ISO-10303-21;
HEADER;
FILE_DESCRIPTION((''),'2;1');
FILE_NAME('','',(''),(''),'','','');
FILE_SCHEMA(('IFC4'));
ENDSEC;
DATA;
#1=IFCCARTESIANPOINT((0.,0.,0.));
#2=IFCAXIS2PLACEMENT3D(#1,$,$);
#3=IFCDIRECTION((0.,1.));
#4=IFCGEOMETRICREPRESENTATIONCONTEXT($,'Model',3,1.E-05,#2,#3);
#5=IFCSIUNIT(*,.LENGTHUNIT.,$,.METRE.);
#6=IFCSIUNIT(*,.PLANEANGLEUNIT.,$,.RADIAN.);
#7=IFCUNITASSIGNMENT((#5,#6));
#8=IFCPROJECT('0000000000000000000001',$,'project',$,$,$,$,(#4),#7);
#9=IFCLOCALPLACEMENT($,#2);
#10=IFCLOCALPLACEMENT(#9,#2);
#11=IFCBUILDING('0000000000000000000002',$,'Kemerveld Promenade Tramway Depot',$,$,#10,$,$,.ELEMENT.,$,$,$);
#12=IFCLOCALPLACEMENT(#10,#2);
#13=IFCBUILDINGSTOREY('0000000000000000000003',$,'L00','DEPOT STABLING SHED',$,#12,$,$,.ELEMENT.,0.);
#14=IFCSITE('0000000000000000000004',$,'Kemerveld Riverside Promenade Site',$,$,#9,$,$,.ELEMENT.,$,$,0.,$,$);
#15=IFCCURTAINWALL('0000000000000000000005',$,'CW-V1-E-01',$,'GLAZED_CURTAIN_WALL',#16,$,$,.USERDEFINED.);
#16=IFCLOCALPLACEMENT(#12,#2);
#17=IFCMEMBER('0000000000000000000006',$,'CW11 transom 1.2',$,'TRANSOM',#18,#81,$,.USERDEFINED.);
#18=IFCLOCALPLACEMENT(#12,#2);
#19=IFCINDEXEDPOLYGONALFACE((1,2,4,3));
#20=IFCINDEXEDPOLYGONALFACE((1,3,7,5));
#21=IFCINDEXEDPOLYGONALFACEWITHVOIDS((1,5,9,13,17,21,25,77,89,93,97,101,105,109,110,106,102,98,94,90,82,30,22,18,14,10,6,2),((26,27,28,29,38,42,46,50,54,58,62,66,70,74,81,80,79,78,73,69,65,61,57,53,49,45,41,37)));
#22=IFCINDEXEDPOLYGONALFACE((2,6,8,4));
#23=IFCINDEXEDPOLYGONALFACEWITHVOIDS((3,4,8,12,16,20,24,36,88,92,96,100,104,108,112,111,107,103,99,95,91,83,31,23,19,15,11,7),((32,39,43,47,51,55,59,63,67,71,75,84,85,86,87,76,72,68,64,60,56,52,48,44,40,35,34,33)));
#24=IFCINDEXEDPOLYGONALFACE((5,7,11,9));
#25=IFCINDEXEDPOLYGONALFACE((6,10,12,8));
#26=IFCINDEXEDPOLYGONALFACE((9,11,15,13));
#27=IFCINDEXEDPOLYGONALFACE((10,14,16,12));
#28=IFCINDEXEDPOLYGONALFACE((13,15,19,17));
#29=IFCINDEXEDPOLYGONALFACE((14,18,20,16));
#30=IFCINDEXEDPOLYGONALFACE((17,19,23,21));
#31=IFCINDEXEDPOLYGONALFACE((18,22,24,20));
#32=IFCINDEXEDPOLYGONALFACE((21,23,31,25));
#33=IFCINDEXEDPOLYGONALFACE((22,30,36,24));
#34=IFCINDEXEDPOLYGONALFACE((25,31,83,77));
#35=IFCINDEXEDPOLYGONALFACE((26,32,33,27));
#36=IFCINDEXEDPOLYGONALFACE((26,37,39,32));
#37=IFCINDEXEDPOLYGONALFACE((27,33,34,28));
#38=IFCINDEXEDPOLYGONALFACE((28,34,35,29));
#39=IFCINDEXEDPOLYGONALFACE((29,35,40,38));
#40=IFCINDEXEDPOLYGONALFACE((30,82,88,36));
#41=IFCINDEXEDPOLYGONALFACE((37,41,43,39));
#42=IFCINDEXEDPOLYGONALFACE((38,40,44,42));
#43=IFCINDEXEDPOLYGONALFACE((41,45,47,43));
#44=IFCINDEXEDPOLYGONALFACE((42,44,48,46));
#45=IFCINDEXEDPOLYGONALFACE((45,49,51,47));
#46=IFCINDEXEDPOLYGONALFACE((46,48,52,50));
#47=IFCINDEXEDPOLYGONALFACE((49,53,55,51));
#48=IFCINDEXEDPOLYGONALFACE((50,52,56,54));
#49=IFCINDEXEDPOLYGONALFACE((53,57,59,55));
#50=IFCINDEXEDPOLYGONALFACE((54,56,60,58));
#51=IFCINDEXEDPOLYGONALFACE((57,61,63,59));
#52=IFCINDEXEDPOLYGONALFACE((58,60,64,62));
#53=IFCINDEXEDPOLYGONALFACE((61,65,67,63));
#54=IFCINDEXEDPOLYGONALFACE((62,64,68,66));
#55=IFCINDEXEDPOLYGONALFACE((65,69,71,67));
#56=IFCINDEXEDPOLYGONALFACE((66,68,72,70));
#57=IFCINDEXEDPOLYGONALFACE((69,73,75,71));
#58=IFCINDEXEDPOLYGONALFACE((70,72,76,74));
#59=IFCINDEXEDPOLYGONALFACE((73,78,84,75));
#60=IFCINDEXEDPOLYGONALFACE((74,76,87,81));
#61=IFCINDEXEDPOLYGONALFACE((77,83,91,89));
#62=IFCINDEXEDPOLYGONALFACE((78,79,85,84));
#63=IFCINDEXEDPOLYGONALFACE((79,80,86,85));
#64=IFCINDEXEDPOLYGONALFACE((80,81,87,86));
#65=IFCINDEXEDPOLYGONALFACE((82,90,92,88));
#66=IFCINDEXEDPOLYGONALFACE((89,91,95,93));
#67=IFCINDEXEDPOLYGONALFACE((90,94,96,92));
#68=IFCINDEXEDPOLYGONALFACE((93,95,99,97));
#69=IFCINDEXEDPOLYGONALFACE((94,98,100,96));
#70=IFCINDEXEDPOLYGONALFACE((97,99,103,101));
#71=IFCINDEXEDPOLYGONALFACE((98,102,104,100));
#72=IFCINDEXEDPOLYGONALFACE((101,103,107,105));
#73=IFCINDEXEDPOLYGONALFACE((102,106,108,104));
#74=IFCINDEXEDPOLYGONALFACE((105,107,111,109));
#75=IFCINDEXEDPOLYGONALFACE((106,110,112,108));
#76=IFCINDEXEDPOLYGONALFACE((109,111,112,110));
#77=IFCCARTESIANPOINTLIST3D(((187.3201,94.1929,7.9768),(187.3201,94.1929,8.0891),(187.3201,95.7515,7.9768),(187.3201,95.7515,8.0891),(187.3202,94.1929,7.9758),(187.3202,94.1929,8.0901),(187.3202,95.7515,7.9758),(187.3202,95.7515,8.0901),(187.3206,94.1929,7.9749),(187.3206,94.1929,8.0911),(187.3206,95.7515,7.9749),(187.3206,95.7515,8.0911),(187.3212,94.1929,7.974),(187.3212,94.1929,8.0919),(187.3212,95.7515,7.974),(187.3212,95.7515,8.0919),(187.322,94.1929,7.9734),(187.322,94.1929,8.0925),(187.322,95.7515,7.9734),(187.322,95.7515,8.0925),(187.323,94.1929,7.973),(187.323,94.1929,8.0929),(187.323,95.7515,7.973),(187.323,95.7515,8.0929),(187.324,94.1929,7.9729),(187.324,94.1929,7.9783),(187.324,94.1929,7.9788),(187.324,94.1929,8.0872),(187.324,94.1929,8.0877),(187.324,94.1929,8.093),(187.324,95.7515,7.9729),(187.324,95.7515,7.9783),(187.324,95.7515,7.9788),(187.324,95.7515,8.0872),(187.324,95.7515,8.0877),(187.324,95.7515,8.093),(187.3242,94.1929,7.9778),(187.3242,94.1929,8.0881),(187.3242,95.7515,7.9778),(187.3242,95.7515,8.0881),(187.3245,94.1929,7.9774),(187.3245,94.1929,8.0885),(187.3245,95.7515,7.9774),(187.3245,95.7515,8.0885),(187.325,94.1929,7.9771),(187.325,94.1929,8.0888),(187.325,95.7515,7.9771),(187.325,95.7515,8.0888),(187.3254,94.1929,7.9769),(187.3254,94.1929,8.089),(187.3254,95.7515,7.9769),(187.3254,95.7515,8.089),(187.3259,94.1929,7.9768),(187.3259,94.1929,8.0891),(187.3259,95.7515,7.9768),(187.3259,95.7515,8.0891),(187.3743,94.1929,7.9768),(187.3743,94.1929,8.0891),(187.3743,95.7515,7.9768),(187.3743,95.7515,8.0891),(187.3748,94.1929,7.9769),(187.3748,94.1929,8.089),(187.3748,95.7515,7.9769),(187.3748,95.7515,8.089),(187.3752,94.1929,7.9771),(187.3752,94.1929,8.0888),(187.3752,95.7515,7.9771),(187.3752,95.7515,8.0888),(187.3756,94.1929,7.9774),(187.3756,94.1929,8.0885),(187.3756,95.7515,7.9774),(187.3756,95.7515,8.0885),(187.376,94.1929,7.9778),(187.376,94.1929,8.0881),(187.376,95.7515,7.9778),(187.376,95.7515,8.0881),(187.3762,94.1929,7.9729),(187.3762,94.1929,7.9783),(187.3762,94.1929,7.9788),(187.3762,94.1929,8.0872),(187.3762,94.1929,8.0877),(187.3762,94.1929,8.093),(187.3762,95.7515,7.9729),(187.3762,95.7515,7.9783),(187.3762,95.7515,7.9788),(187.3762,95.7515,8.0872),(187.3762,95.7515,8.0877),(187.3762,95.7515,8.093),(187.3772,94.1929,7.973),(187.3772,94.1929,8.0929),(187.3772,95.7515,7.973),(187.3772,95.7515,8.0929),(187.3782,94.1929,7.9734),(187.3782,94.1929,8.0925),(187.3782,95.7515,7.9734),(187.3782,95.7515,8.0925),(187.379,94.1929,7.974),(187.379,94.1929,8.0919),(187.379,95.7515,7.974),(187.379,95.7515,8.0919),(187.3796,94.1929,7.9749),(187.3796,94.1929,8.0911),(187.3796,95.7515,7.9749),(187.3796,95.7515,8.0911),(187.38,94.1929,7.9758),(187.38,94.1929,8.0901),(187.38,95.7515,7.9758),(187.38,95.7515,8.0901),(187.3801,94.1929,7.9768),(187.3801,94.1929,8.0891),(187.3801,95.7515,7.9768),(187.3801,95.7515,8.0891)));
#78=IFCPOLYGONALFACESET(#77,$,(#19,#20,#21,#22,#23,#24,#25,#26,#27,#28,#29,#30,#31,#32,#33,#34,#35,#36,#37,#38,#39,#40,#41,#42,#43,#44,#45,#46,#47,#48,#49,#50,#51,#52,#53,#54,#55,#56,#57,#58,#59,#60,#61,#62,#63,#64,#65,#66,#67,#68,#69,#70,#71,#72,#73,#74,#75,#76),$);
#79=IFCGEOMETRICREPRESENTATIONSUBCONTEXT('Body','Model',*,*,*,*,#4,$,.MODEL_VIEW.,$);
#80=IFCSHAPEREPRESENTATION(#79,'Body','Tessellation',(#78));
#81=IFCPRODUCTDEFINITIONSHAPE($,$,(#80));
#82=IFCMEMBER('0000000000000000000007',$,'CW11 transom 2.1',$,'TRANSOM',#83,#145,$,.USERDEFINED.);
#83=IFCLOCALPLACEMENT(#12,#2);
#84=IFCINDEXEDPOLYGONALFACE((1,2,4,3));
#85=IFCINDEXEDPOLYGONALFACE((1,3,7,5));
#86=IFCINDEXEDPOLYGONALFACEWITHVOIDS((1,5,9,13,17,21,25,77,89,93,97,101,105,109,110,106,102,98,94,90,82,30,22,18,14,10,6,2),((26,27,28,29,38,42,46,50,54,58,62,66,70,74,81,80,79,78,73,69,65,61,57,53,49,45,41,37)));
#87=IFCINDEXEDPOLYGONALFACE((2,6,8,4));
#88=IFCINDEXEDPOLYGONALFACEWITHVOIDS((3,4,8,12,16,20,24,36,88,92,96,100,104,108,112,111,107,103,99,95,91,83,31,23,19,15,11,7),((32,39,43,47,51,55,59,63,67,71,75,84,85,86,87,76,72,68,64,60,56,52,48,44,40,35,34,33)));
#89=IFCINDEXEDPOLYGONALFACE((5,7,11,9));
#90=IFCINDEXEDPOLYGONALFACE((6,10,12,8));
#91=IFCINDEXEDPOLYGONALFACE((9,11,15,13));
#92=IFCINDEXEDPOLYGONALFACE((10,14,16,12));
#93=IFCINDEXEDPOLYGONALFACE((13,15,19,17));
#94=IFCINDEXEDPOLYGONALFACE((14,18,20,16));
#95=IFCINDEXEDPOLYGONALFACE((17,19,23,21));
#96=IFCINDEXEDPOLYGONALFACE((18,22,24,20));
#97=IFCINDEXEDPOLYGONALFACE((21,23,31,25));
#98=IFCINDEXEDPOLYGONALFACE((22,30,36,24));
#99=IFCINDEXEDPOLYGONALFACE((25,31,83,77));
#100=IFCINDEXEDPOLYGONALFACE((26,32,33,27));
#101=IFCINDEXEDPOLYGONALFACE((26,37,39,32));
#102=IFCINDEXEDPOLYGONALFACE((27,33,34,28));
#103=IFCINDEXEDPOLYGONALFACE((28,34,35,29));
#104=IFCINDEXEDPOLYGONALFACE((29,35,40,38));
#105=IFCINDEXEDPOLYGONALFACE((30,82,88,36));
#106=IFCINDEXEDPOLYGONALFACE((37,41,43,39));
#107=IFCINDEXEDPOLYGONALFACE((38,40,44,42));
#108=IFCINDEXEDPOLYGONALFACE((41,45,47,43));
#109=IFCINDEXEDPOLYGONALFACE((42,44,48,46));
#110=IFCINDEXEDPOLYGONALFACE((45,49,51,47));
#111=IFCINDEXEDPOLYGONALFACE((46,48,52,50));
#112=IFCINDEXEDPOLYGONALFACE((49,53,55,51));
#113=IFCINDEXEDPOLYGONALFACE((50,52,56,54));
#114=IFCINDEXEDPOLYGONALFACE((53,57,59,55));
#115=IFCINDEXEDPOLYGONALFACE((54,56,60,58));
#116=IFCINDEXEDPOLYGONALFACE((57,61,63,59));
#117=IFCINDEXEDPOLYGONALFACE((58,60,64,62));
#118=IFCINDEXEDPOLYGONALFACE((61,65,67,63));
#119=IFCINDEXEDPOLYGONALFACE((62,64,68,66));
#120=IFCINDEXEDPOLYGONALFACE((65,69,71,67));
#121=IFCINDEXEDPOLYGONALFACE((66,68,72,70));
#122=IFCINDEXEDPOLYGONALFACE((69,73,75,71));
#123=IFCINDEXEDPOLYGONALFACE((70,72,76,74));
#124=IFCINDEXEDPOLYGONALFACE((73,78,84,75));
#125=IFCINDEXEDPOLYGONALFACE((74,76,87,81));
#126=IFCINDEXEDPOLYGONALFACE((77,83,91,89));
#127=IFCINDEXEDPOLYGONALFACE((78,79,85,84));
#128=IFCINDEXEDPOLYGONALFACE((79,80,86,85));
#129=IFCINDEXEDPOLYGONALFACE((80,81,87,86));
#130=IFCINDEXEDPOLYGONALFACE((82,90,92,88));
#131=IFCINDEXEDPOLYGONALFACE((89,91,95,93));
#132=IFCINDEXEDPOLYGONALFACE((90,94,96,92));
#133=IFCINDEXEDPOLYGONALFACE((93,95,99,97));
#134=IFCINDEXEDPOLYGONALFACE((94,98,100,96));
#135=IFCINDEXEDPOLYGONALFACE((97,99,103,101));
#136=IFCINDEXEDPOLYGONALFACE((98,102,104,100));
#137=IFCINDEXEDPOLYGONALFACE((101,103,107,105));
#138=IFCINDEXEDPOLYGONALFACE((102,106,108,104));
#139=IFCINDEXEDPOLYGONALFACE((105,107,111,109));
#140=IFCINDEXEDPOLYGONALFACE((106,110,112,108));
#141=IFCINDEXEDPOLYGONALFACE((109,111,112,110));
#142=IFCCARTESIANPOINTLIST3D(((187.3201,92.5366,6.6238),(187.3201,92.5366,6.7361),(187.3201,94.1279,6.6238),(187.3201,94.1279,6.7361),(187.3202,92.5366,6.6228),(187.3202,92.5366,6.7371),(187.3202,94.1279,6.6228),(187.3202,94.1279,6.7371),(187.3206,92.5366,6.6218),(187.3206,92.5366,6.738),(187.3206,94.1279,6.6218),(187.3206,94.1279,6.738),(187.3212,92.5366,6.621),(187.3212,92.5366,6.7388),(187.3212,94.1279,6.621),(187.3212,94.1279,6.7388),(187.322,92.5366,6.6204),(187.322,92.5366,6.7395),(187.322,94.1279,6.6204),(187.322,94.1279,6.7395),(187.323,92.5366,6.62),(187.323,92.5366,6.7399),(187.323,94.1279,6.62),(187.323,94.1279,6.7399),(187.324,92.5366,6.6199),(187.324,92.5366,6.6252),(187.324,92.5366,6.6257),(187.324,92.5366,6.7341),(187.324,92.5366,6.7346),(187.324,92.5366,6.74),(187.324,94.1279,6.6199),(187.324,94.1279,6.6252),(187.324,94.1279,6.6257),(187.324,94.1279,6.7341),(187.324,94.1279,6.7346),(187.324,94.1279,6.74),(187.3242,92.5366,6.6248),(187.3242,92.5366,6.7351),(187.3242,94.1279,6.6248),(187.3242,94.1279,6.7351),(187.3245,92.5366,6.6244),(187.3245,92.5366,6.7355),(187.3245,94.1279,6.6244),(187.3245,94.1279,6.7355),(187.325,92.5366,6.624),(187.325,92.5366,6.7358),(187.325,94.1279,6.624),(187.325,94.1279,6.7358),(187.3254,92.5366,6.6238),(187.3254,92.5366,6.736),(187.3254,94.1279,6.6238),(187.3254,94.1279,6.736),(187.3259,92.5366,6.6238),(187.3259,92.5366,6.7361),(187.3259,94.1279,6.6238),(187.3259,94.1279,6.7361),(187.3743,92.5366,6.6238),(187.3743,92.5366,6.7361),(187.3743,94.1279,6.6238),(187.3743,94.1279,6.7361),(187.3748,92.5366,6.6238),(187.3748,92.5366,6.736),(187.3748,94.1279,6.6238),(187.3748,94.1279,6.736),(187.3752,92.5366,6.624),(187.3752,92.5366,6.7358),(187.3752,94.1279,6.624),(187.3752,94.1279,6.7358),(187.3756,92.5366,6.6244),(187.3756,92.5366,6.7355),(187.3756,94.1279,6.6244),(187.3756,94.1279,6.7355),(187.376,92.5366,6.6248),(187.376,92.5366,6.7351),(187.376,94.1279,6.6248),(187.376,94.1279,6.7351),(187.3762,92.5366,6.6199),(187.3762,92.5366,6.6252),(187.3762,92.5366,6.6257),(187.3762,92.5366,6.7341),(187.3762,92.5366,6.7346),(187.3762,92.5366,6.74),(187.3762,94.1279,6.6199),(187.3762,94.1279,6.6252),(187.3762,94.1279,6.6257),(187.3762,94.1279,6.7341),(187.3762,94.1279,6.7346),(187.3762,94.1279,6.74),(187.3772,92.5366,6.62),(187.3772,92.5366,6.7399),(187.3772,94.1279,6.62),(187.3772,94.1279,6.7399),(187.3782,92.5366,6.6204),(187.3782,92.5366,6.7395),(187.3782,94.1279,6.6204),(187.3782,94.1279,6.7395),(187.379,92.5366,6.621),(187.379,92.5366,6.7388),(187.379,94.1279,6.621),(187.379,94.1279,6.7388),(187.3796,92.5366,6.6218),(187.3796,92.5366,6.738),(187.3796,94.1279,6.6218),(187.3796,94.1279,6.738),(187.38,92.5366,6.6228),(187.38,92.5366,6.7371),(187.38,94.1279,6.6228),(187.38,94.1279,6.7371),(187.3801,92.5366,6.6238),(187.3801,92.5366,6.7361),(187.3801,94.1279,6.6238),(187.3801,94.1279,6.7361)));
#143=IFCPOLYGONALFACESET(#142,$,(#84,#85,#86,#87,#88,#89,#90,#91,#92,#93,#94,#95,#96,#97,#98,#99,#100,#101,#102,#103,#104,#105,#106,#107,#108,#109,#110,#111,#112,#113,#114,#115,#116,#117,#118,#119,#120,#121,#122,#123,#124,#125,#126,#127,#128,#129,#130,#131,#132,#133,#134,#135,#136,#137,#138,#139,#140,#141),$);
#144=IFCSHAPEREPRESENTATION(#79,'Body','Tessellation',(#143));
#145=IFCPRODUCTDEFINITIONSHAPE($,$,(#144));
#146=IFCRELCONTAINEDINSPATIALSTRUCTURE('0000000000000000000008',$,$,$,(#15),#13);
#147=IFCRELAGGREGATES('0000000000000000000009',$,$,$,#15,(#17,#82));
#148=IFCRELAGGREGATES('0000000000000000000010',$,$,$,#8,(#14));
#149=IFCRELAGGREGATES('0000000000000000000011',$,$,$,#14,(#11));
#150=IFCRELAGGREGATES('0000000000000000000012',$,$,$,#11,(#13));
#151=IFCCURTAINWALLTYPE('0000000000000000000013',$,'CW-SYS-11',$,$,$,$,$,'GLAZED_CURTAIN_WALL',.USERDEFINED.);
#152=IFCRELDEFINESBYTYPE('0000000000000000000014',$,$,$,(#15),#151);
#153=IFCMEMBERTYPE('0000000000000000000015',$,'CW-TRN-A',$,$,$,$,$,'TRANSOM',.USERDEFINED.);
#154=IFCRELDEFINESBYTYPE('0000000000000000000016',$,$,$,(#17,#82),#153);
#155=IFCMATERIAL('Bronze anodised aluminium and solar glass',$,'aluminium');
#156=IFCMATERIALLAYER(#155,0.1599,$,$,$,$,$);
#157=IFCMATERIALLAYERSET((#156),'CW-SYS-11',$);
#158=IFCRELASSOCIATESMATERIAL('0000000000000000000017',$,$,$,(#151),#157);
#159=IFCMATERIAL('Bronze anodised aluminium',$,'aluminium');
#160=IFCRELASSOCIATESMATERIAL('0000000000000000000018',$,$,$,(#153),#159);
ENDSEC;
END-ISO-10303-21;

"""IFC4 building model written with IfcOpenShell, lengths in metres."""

from ifc_helpers import new_model, si_unit, direction, frame, origin, origin_2d, place, context, subcontext, project, spatial, hollow_rectangle, extrude, material, layer, layer_set, material_profile, profile_set, type_object, element, aggregate, save


model = new_model("IFC4")

# Units and contexts
model_context = context("Model", 3, precision=1e-05, world=origin(), true_north=direction((0.0, 1.0)))
body_context = subcontext(model_context, "Body", "Model", "MODEL_VIEW")
ifc_project = project(units=[si_unit("LENGTHUNIT", "METRE"), si_unit("PLANEANGLEUNIT", "RADIAN")], contexts=[model_context])

# Site, building, storey
site_placement = place(None, origin())
site = spatial("IfcSite", under=ifc_project, at=site_placement, Name="Kemerveld Riverside Promenade Site", CompositionType="ELEMENT", RefElevation=0.0)
building_placement = place(site_placement, origin())
building = spatial("IfcBuilding", under=site, at=building_placement, Name="Kemerveld Promenade Tramway Depot", CompositionType="ELEMENT")
storey_placement = place(building_placement, origin())
storey = spatial("IfcBuildingStorey", under=building, at=storey_placement, Name="L00", Description="DEPOT STABLING SHED", CompositionType="ELEMENT", Elevation=0.0)

# Curtain wall, members
ifc_material_1 = material(Name="Bronze anodised aluminium and solar glass", Category="aluminium")
ifc_layer_1 = layer(ifc_material_1, 0.1599)
ifc_layer_set_1 = layer_set([ifc_layer_1], Name="CW-SYS-11")
curtain_wall_type = type_object("IfcCurtainWallType", Name="CW-SYS-11", ElementType="GLAZED_CURTAIN_WALL", PredefinedType="USERDEFINED", material=ifc_layer_set_1)
curtain_wall_placement = place(storey_placement, origin())
curtain_wall = element("IfcCurtainWall", 1, at=curtain_wall_placement, inside=storey, type_object=curtain_wall_type, Name="CW-V1-E-01", ObjectType="GLAZED_CURTAIN_WALL", PredefinedType="USERDEFINED")
ifc_material_2 = material(Name="Bronze anodised aluminium", Category="aluminium")
ifc_material_profile_1 = material_profile(ifc_material_2, hollow_rectangle(XDim=0.0601, YDim=0.1201, WallThickness=0.0039, InnerFilletRadius=0.002, OuterFilletRadius=0.0039, at=origin_2d()), Name="CW-TRN-120x60")
ifc_profile_set_1 = profile_set([ifc_material_profile_1], Name="Bronze anodised aluminium")
member_type_1 = type_object("IfcMemberType", Name="CW-TRN-A", ElementType="TRANSOM", PredefinedType="USERDEFINED", material=ifc_profile_set_1)
member_1_placement = place(storey_placement, frame((187.3501, 95.7515, 8.033), z_axis=(0.0, -1.0, 0.0), x_axis=(1.0, 0.0, 0.0)))
member_1 = element("IfcMember", 2, at=member_1_placement, type_object=member_type_1, Name="CW11 transom 1.2", ObjectType="TRANSOM", PredefinedType="USERDEFINED", context=body_context, shape_type="SweptSolid", body=[
    extrude(hollow_rectangle(XDim=0.0601, YDim=0.1201, WallThickness=0.0039, InnerFilletRadius=0.002, OuterFilletRadius=0.0039, at=origin_2d()), origin(), (0.0, 0.0, 1.0), 1.5586),
])
member_2_placement = place(storey_placement, frame((187.3501, 94.1279, 6.6799), z_axis=(0.0, -1.0, 0.0), x_axis=(1.0, 0.0, 0.0)))
member_2 = element("IfcMember", 3, at=member_2_placement, type_object=member_type_1, Name="CW11 transom 2.1", ObjectType="TRANSOM", PredefinedType="USERDEFINED", context=body_context, shape_type="SweptSolid", body=[
    extrude(hollow_rectangle(XDim=0.0601, YDim=0.1201, WallThickness=0.0039, InnerFilletRadius=0.002, OuterFilletRadius=0.0039, at=origin_2d()), origin(), (0.0, 0.0, 1.0), 1.5913),
])
aggregate(curtain_wall, [member_1, member_2])

save(model, "model.ifc")
